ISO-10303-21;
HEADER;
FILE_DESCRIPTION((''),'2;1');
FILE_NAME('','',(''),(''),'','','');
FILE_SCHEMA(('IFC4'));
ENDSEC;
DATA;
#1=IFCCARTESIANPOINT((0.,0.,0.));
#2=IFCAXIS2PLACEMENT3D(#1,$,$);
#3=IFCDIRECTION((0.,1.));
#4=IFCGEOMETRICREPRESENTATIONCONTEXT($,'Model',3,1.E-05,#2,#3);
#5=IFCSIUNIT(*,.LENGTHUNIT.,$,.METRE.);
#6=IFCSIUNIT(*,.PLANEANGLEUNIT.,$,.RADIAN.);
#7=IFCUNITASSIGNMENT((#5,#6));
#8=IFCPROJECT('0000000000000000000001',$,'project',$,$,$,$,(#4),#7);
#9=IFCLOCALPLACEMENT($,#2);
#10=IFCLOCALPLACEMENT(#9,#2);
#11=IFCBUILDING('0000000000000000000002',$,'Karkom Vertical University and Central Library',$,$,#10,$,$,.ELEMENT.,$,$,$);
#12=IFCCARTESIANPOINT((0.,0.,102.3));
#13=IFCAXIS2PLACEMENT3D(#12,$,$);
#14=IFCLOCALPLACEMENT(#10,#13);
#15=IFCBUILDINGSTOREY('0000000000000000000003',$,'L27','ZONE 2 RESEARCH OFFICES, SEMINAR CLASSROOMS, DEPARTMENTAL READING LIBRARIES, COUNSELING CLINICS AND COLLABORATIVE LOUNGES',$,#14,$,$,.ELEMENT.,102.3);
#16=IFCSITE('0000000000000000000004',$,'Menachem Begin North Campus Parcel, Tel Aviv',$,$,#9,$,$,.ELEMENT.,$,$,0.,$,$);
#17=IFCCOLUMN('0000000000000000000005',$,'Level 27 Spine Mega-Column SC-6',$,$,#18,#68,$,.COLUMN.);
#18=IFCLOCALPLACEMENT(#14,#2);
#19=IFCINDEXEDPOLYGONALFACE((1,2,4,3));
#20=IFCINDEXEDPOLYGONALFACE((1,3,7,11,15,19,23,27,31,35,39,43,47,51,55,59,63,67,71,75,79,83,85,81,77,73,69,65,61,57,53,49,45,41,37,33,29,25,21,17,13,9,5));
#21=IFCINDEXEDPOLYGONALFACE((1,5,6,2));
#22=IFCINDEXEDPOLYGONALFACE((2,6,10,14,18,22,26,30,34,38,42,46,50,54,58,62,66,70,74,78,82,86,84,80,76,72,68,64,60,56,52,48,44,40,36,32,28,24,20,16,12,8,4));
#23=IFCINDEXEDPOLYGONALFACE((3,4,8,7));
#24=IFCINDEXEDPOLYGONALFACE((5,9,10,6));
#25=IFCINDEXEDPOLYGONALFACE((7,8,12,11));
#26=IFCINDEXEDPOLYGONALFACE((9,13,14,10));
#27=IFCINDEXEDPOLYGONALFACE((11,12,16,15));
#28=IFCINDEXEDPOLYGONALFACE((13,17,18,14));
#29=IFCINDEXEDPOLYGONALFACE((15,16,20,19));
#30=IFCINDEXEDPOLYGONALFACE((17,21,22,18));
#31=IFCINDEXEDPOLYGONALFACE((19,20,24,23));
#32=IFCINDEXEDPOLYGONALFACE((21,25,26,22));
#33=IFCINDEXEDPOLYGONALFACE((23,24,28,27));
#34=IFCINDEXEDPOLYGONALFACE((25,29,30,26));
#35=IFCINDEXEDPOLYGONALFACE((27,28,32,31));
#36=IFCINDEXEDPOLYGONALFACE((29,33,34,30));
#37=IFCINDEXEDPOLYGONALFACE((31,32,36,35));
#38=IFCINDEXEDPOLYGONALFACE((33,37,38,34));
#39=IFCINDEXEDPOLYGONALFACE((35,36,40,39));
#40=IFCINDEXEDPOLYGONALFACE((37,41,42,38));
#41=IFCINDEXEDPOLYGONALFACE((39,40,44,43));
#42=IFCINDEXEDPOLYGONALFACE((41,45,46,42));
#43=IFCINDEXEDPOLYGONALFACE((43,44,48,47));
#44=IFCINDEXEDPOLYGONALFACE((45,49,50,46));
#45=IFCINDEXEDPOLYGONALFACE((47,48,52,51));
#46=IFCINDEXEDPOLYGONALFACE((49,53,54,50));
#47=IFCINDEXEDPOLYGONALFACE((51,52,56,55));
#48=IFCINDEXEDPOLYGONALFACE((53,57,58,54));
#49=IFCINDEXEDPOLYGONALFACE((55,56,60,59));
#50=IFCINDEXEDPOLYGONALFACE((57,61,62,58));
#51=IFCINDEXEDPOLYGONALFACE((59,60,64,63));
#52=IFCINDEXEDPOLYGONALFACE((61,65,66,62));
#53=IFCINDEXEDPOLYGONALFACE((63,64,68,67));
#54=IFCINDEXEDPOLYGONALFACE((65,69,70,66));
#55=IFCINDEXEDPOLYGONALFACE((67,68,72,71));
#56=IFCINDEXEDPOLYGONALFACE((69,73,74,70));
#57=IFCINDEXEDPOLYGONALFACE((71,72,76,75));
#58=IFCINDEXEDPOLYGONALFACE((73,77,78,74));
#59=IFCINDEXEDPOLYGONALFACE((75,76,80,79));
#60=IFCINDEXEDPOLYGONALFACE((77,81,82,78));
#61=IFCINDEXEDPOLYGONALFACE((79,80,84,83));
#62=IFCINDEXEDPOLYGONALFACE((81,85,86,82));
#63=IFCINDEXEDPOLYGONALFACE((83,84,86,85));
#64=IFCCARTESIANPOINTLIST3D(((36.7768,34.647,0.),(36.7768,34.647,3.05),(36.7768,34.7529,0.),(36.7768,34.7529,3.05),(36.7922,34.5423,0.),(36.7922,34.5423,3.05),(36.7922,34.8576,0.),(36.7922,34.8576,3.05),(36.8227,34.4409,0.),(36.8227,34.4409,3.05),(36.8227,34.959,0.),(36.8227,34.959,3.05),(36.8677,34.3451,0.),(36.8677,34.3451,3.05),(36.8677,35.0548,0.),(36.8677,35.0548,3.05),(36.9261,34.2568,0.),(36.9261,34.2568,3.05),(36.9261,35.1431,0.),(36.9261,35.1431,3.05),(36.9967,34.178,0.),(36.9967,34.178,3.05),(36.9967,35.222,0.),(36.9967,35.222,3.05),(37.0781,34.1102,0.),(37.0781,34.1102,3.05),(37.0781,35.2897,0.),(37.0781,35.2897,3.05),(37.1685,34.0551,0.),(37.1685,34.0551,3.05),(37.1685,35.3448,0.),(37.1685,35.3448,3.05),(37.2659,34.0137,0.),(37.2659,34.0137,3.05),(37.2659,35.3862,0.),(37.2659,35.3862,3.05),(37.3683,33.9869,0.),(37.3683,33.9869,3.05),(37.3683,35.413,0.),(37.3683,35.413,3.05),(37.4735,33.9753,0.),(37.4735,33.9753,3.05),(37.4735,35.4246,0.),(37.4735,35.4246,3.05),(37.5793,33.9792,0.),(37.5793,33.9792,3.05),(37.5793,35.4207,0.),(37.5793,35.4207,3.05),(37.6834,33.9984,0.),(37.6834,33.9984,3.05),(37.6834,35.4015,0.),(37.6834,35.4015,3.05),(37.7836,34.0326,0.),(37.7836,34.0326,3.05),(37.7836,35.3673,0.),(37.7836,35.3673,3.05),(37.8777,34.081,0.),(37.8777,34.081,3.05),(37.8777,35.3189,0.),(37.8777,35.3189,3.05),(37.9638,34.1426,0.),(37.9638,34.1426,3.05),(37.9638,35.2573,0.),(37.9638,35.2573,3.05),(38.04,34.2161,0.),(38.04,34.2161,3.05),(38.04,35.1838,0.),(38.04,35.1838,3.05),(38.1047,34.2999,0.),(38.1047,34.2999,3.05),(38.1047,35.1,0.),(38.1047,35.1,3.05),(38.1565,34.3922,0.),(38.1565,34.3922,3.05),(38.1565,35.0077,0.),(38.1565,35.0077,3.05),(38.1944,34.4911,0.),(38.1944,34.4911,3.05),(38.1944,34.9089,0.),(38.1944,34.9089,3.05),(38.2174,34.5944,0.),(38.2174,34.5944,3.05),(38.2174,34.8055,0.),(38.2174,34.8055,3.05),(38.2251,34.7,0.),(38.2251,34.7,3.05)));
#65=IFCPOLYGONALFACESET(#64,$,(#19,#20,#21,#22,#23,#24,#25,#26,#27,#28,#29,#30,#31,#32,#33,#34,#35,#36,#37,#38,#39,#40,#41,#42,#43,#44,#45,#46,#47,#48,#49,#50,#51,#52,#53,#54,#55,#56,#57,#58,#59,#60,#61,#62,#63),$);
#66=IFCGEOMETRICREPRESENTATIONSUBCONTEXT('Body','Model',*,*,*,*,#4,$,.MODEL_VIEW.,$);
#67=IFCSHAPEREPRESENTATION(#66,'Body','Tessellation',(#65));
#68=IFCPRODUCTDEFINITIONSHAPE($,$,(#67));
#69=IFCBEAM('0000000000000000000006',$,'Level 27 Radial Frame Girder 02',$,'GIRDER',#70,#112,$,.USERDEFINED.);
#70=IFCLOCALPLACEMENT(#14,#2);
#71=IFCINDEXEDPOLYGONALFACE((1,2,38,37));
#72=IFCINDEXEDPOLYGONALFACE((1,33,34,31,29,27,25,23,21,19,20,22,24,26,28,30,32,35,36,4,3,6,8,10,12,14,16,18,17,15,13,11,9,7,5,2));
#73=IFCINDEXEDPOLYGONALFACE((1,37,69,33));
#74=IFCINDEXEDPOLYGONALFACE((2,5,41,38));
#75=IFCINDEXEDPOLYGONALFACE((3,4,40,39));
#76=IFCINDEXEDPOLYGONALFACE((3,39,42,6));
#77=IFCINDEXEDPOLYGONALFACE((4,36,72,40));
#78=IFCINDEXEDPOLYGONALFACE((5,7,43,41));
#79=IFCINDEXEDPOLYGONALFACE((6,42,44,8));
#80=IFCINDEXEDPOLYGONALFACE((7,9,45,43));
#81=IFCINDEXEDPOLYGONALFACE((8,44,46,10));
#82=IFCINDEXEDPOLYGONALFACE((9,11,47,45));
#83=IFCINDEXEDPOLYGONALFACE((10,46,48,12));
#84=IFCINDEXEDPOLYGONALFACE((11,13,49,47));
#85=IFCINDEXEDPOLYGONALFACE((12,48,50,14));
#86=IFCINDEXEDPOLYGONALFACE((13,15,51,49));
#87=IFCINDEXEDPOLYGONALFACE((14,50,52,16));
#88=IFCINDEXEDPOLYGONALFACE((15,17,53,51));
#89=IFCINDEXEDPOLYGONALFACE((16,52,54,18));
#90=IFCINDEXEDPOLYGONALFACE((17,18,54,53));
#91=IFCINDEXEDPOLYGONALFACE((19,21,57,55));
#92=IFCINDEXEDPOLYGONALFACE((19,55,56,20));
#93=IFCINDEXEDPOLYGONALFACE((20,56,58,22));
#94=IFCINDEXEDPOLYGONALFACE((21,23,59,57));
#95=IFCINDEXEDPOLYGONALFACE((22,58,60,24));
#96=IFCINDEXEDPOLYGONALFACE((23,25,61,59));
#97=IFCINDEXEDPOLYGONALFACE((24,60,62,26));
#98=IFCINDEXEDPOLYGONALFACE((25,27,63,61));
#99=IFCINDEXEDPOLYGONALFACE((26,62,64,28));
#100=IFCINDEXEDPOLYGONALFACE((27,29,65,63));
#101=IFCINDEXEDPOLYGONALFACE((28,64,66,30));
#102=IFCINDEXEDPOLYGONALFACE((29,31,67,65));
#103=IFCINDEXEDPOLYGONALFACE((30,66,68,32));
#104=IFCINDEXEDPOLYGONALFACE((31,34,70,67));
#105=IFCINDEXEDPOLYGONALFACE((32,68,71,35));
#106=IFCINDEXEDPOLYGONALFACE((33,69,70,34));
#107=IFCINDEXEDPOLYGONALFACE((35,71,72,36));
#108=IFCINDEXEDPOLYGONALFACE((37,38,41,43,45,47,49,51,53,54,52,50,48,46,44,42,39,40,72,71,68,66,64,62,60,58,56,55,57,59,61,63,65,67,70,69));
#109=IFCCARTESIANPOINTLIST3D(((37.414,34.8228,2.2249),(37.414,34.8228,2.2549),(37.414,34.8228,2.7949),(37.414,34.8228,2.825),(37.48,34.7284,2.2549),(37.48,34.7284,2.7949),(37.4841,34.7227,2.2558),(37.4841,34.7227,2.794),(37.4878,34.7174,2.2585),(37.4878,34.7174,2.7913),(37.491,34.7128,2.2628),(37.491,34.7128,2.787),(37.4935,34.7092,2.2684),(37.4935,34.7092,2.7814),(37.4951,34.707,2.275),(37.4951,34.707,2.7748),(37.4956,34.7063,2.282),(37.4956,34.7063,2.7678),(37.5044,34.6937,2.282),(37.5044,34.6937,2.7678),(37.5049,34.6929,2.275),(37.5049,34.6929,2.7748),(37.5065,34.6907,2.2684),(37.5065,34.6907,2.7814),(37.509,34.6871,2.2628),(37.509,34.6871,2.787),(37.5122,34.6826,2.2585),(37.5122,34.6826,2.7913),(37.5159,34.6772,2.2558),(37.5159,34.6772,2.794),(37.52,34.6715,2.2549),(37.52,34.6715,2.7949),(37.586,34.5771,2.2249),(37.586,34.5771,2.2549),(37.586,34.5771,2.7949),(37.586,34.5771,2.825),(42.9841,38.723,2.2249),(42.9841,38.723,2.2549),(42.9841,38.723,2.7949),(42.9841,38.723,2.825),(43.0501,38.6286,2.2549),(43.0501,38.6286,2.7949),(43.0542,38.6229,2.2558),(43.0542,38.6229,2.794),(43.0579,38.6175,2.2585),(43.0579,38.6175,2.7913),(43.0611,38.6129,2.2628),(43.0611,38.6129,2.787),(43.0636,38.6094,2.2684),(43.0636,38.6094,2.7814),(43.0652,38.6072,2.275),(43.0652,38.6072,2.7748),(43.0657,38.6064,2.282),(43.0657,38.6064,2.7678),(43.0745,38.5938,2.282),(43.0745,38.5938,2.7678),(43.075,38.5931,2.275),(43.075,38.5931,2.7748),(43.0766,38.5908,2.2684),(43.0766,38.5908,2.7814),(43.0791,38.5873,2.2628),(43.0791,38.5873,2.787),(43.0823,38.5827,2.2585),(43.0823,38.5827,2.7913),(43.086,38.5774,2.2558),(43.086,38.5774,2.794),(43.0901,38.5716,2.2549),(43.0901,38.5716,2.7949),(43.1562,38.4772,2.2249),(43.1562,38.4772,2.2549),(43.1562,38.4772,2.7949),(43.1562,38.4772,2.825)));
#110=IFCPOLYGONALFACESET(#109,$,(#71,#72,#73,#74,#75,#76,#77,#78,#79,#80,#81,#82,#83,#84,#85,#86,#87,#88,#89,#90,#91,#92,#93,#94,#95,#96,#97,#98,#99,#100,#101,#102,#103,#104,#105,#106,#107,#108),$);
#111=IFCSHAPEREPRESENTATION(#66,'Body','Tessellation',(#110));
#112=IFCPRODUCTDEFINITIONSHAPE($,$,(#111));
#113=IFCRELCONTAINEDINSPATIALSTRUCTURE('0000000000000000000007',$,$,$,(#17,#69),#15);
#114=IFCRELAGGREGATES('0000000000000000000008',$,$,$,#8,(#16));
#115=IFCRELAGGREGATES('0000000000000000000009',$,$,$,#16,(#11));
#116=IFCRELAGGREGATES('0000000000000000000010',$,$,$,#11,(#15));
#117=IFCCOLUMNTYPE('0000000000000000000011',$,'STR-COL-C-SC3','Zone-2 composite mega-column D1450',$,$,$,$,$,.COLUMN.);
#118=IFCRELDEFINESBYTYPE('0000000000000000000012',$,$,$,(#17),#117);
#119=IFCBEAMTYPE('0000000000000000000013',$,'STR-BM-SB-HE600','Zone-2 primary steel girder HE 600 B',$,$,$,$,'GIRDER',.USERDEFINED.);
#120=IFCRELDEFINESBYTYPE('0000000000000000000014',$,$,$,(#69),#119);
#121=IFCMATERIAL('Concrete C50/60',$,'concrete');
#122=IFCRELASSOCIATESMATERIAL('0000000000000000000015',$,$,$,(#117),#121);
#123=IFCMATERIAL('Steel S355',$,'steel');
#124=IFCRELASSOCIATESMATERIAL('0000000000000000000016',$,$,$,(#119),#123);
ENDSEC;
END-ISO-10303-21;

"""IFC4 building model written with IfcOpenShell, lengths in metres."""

from ifc_helpers import new_model, si_unit, direction, frame, origin, origin_with_axes, origin_2d, place, context, subcontext, project, spatial, circle, i_section, extrude, source, transform, mapped, material, material_profile, profile_set, type_object, element, save


model = new_model("IFC4")

# Units and contexts
model_context = context("Model", 3, precision=1e-05, world=origin(), true_north=direction((0.0, 1.0)))
body_context = subcontext(model_context, "Body", "Model", "MODEL_VIEW")
ifc_project = project(units=[si_unit("LENGTHUNIT", "METRE"), si_unit("PLANEANGLEUNIT", "RADIAN")], contexts=[model_context])

# Site, building, storey
site_placement = place(None, origin())
site = spatial("IfcSite", under=ifc_project, at=site_placement, Name="Menachem Begin North Campus Parcel, Tel Aviv", CompositionType="ELEMENT", RefElevation=0.0)
building_placement = place(site_placement, origin())
building = spatial("IfcBuilding", under=site, at=building_placement, Name="Karkom Vertical University and Central Library", CompositionType="ELEMENT")
storey_placement = place(building_placement, frame((0.0, 0.0, 102.3)))
storey = spatial("IfcBuildingStorey", under=building, at=storey_placement, Name="L27", Description="ZONE 2 RESEARCH OFFICES, SEMINAR CLASSROOMS, DEPARTMENTAL READING LIBRARIES, COUNSELING CLINICS AND COLLABORATIVE LOUNGES", CompositionType="ELEMENT", Elevation=102.3)

# Column
ifc_material_1 = material(Name="Concrete C50/60", Category="concrete")
ifc_material_profile_1 = material_profile(ifc_material_1, circle(Radius=0.7251, at=origin_2d()), Name="CFT-D1450")
ifc_profile_set_1 = profile_set([ifc_material_profile_1], Name="Concrete C50/60")
column_type = type_object("IfcColumnType", Name="STR-COL-C-SC3", Description="Zone-2 composite mega-column D1450", PredefinedType="COLUMN", material=ifc_profile_set_1)
shared_shape_1 = source(origin_with_axes(), body_context, "Body", "SweptSolid", [
    extrude(circle(Radius=0.7251, at=origin_2d()), origin(), (0.0, 0.0, 1.0), 3.05),
])
column_placement = place(storey_placement, frame((37.5, 34.7, 0.0), z_axis=(0.0, 0.0, 1.0), x_axis=(1.0, 0.0, 0.0)))
element("IfcColumn", 1, at=column_placement, inside=storey, type_object=column_type, Name="Level 27 Spine Mega-Column SC-6", PredefinedType="COLUMN", context=body_context, shape_type="MappedRepresentation", body=[
    mapped(shared_shape_1, transform((0.0, 0.0, 0.0), scale=1.0)),
])

# Beam
ifc_material_2 = material(Name="Steel S355", Category="steel")
ifc_material_profile_2 = material_profile(ifc_material_2, i_section(OverallWidth=0.3, OverallDepth=0.6001, WebThickness=0.0154, FlangeThickness=0.03, FilletRadius=0.0271, at=origin_2d()), Name="HE 600 B")
ifc_profile_set_2 = profile_set([ifc_material_profile_2], Name="Steel S355")
beam_type = type_object("IfcBeamType", Name="STR-BM-SB-HE600", Description="Zone-2 primary steel girder HE 600 B", ElementType="GIRDER", PredefinedType="USERDEFINED", material=ifc_profile_set_2)
shared_shape_2 = source(origin_with_axes(), body_context, "Body", "SweptSolid", [
    extrude(i_section(OverallWidth=0.3, OverallDepth=0.6001, WebThickness=0.0154, FlangeThickness=0.03, FilletRadius=0.0271, at=origin_2d()), origin(), (0.0, 0.0, 1.0), 6.7998),
])
beam_placement = place(storey_placement, frame((37.5, 34.7, 2.5249), z_axis=(0.819156, 0.573571, 0.0), x_axis=(-0.573571, 0.819156, 0.0)))
element("IfcBeam", 2, at=beam_placement, inside=storey, type_object=beam_type, Name="Level 27 Radial Frame Girder 02", ObjectType="GIRDER", PredefinedType="USERDEFINED", context=body_context, shape_type="MappedRepresentation", body=[
    mapped(shared_shape_2, transform((0.0, 0.0, 0.0), scale=1.0)),
])

save(model, "model.ifc")
